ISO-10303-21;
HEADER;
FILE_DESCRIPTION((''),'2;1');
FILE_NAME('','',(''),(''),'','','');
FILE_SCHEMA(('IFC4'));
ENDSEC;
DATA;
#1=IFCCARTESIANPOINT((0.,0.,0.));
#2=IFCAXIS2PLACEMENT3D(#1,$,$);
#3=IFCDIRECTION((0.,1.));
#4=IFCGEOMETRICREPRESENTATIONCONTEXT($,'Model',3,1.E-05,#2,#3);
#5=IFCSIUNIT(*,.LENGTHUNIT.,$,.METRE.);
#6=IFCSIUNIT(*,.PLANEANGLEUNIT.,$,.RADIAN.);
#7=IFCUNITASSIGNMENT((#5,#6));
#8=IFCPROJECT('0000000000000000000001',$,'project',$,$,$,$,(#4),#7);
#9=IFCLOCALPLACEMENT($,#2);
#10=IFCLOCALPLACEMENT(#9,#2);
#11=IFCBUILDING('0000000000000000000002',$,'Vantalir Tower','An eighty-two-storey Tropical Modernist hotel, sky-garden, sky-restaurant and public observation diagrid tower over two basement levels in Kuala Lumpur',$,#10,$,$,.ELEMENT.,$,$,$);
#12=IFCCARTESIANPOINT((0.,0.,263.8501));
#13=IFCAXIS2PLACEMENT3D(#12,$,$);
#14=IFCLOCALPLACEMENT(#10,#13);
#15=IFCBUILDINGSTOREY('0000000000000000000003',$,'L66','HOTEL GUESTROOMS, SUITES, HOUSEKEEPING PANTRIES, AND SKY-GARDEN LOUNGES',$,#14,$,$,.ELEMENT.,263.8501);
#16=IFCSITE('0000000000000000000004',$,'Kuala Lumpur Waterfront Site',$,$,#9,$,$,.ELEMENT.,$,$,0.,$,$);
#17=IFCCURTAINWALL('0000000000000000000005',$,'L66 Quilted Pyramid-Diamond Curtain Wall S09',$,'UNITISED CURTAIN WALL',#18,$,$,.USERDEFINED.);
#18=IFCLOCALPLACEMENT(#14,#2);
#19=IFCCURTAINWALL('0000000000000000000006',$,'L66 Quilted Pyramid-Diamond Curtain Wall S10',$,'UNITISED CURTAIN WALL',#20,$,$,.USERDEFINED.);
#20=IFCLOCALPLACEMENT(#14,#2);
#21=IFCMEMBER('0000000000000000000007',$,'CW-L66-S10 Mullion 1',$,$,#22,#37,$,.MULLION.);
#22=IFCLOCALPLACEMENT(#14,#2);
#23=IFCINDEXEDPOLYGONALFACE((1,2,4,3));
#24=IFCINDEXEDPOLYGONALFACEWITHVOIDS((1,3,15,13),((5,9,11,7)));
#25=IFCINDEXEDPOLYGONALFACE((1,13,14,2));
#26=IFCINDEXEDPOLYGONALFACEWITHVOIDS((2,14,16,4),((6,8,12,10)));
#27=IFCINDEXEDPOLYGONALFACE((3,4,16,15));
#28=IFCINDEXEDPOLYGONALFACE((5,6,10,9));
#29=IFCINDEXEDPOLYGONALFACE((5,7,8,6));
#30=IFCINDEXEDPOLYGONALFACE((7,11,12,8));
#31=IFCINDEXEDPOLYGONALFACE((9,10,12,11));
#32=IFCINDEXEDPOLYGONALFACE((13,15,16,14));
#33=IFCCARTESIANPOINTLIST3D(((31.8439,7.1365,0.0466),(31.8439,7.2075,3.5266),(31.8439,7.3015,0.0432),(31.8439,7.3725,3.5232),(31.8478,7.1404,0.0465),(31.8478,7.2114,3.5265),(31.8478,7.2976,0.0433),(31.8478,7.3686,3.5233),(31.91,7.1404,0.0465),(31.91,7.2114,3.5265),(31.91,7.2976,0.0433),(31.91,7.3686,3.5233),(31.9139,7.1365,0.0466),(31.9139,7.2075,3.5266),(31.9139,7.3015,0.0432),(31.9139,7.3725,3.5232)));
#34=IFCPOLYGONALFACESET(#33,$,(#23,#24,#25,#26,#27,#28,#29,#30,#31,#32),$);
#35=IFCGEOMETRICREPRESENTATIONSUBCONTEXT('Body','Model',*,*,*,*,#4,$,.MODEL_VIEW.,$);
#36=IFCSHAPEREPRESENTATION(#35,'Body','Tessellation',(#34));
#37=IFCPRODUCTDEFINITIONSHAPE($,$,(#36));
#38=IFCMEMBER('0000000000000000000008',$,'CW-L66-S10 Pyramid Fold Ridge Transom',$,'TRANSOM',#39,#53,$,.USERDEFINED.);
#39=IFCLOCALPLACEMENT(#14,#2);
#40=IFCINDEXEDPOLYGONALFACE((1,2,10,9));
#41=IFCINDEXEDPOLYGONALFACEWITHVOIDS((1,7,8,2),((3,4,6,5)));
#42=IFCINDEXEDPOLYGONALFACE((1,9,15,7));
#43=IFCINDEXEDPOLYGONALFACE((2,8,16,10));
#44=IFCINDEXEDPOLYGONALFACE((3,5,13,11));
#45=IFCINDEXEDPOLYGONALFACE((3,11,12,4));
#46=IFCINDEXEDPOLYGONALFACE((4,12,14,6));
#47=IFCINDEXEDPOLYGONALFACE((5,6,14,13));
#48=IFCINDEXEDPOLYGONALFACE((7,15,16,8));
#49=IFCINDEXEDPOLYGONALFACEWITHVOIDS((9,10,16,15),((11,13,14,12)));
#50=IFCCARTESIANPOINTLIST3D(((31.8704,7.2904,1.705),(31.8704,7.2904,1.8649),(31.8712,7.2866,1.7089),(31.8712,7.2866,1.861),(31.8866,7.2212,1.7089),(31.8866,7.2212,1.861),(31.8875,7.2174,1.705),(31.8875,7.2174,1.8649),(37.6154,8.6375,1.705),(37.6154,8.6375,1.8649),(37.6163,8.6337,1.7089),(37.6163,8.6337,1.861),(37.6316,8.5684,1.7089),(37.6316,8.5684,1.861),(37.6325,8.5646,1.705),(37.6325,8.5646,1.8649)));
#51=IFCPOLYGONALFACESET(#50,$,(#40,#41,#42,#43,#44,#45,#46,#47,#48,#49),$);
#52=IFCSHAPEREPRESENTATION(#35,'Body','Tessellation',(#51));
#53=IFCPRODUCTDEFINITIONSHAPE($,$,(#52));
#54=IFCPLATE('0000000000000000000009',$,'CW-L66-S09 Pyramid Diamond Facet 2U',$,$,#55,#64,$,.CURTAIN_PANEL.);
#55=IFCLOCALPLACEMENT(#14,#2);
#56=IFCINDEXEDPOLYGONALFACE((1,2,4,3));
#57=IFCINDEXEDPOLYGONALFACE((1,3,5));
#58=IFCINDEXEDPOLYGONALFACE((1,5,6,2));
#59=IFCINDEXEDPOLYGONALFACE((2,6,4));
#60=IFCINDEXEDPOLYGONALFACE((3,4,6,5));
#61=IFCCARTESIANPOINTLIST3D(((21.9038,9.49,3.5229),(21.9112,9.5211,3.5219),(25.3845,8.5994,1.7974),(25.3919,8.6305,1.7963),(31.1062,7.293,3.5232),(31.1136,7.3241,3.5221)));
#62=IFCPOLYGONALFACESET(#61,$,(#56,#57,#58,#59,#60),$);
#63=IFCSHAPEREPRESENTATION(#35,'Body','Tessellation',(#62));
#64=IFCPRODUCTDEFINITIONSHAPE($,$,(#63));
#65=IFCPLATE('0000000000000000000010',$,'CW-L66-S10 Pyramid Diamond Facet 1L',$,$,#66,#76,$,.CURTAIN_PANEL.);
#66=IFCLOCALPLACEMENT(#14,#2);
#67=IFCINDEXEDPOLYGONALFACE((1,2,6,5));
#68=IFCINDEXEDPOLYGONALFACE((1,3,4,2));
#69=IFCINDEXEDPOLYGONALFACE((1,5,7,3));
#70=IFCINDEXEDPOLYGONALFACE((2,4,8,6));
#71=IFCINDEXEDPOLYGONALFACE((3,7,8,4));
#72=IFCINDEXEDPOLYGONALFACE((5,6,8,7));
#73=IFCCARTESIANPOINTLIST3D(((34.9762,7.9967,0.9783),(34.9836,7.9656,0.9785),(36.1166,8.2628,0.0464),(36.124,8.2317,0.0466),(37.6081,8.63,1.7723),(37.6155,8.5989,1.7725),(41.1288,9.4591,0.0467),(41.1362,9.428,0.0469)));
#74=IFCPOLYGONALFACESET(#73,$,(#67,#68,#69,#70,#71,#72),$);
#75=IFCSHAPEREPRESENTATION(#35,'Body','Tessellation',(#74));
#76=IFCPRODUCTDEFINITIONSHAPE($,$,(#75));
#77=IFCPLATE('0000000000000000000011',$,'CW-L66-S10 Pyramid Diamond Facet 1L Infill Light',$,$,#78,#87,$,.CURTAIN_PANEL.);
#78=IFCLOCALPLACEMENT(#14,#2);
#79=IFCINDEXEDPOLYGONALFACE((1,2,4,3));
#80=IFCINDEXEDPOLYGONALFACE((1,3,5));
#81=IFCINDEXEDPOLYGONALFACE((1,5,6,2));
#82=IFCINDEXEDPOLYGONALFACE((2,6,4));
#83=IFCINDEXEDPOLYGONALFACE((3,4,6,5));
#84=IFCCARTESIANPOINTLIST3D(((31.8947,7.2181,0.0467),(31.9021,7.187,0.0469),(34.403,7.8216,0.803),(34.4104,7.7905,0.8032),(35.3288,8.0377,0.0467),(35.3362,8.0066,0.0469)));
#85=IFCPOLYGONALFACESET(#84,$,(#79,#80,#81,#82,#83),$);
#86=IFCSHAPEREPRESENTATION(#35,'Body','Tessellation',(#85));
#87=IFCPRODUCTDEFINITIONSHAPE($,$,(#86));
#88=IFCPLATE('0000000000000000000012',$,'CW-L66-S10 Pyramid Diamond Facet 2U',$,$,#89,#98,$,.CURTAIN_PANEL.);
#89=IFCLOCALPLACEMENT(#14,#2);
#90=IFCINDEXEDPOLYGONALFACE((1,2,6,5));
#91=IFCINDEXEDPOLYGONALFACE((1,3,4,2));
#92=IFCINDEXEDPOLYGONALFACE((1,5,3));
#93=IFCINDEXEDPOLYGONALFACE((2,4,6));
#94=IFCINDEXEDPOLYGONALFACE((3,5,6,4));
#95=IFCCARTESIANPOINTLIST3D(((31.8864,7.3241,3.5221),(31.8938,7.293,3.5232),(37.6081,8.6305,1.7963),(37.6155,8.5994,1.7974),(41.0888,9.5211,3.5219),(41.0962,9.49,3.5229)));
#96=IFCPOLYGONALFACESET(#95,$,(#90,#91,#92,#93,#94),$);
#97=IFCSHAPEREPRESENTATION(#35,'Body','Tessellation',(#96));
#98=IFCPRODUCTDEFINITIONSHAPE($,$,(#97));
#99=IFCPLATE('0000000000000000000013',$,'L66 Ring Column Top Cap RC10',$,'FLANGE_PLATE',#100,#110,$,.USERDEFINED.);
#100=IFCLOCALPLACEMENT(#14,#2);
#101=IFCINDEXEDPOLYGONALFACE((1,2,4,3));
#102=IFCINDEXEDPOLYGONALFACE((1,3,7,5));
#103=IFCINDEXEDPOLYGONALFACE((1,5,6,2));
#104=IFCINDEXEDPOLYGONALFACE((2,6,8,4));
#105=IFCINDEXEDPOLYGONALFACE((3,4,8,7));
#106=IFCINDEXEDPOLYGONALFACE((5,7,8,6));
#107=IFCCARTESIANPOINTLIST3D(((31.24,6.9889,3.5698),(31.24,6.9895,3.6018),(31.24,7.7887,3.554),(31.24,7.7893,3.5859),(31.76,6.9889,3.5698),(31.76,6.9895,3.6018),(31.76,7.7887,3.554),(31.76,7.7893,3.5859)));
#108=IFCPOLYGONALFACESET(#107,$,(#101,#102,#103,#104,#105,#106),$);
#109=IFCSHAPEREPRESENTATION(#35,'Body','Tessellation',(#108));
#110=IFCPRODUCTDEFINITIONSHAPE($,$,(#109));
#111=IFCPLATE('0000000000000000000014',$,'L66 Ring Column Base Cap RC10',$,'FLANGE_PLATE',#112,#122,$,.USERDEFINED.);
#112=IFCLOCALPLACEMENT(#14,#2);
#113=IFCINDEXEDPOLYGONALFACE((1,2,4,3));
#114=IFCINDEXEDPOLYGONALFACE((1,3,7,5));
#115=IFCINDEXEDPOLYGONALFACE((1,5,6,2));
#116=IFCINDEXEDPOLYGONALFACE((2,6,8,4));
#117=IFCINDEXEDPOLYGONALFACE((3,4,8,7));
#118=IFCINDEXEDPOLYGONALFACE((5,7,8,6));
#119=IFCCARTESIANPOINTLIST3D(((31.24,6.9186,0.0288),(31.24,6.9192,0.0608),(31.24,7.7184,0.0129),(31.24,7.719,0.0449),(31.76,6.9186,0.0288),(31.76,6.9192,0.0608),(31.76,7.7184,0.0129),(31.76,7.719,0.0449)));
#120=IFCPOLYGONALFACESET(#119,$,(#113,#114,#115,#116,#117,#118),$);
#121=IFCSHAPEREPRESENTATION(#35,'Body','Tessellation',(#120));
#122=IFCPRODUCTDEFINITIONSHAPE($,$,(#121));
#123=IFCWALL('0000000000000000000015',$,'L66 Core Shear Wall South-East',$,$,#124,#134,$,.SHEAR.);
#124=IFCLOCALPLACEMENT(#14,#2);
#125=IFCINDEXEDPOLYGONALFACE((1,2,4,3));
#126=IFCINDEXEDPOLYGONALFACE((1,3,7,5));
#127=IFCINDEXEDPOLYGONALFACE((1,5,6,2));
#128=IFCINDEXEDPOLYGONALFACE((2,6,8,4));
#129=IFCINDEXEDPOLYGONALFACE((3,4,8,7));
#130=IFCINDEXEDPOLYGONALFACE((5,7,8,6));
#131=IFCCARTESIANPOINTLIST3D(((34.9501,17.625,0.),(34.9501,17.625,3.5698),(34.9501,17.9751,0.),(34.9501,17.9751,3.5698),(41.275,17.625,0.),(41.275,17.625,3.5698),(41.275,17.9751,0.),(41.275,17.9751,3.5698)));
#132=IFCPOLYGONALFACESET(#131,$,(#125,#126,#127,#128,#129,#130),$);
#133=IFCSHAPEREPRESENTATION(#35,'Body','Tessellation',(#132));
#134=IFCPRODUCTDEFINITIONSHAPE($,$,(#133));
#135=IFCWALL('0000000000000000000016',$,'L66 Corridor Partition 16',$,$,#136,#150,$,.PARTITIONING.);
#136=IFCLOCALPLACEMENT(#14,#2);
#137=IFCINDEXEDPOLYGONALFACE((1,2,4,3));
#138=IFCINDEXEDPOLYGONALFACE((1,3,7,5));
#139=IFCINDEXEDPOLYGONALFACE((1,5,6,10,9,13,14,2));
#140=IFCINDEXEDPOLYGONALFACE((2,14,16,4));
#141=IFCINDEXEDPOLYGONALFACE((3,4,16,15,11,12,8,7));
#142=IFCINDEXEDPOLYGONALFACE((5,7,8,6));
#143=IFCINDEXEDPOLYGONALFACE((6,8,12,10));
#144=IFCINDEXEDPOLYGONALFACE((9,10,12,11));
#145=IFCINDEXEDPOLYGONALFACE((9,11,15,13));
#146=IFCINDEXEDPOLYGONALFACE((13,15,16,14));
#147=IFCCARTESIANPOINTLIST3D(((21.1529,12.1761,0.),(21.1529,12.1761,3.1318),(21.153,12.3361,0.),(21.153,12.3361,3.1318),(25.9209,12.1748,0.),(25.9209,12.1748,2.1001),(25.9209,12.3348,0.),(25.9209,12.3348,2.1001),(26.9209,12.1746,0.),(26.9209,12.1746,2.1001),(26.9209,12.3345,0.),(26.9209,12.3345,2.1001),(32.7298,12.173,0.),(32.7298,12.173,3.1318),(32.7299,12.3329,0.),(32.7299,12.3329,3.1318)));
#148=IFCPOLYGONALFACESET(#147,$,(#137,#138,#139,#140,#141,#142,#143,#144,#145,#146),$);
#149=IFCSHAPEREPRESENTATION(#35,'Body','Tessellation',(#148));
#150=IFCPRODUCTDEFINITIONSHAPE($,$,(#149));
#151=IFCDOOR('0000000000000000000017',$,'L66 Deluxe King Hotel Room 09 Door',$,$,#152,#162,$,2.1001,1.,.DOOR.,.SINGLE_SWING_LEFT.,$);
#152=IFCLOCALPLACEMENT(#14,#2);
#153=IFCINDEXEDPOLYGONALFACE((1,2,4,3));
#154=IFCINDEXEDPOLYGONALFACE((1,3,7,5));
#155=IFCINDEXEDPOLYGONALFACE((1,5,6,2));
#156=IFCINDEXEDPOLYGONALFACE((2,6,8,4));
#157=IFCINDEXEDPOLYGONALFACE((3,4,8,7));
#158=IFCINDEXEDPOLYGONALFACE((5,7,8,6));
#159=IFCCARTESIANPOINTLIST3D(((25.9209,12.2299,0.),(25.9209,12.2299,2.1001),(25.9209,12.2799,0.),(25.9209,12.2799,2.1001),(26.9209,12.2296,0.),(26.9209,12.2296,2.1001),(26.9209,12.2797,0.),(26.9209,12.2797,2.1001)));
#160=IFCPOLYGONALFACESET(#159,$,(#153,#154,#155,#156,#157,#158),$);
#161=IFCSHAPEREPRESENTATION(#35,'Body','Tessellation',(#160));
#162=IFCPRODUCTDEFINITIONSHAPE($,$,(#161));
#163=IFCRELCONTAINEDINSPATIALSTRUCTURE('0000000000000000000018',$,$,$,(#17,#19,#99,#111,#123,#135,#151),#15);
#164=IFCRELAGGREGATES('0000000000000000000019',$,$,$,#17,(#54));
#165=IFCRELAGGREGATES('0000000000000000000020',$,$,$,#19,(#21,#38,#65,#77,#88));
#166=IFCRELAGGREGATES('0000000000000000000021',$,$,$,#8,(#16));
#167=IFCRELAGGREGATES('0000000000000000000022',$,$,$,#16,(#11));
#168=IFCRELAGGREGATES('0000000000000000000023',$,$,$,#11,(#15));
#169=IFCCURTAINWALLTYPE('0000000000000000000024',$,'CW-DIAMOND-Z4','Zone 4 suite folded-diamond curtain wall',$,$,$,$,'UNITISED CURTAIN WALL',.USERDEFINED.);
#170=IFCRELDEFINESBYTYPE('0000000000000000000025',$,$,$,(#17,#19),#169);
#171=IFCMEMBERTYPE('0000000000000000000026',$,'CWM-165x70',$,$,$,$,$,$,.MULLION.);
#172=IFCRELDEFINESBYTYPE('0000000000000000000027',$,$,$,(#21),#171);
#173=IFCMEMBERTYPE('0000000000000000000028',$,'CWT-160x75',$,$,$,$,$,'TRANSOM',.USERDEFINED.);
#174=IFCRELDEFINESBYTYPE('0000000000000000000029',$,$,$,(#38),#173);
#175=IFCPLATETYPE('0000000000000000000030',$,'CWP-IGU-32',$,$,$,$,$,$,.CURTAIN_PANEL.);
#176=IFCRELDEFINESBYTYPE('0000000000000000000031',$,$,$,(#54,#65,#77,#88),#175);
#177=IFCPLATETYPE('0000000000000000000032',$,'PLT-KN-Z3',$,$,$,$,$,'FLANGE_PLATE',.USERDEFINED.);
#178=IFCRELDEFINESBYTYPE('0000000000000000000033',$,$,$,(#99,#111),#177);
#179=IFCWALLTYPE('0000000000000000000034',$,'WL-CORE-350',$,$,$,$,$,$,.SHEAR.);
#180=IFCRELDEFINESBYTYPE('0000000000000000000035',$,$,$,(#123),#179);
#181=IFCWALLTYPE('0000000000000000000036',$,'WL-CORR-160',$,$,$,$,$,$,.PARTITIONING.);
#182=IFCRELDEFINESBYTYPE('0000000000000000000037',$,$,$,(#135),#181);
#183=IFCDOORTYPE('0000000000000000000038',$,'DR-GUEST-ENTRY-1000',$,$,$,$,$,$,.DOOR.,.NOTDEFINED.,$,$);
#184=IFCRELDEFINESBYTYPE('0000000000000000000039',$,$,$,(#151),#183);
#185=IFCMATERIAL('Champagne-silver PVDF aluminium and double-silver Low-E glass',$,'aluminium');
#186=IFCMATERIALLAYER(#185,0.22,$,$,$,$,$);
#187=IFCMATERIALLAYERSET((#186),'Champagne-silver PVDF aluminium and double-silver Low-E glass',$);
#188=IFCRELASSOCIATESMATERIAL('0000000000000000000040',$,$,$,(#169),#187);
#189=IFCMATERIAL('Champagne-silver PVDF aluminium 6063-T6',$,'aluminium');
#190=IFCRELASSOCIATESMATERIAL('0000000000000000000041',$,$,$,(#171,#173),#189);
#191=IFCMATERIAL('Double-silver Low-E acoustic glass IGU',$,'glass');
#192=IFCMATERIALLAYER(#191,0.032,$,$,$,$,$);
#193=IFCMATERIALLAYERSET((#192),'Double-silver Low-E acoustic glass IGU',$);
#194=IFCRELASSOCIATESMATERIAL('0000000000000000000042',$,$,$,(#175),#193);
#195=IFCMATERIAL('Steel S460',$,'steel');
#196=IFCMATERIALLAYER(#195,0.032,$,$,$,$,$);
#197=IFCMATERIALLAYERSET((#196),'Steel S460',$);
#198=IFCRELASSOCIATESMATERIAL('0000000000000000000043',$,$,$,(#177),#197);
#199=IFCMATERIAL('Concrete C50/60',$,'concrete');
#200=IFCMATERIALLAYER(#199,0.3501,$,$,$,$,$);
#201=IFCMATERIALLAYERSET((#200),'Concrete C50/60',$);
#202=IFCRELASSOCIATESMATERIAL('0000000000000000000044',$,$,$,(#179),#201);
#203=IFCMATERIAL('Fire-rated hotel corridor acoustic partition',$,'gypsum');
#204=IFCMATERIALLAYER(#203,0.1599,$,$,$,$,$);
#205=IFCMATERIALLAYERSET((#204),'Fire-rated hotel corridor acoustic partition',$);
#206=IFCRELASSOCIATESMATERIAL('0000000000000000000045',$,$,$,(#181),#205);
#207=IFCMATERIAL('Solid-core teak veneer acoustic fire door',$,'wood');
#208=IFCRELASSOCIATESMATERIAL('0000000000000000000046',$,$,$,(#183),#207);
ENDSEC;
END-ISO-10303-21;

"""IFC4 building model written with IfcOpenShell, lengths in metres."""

from ifc_helpers import new_model, si_unit, direction, frame, frame_2d, origin, origin_2d, place, context, subcontext, project, spatial, polyline, rectangle, hollow_rectangle, outline, extrude, material, layer, layer_set, material_profile, profile_set, type_object, element, fill, aggregate, save


model = new_model("IFC4")

# Units and contexts
model_context = context("Model", 3, precision=1e-05, world=origin(), true_north=direction((0.0, 1.0)))
body_context = subcontext(model_context, "Body", "Model", "MODEL_VIEW")
ifc_project = project(units=[si_unit("LENGTHUNIT", "METRE"), si_unit("PLANEANGLEUNIT", "RADIAN")], contexts=[model_context])

# Site, building, storey
site_placement = place(None, origin())
site = spatial("IfcSite", under=ifc_project, at=site_placement, Name="Kuala Lumpur Waterfront Site", CompositionType="ELEMENT", RefElevation=0.0)
building_placement = place(site_placement, origin())
building = spatial("IfcBuilding", under=site, at=building_placement, Name="Vantalir Tower", Description="An eighty-two-storey Tropical Modernist hotel, sky-garden, sky-restaurant and public observation diagrid tower over two basement levels in Kuala Lumpur", CompositionType="ELEMENT")
storey_placement = place(building_placement, frame((0.0, 0.0, 263.8501)))
storey = spatial("IfcBuildingStorey", under=building, at=storey_placement, Name="L66", Description="HOTEL GUESTROOMS, SUITES, HOUSEKEEPING PANTRIES, AND SKY-GARDEN LOUNGES", CompositionType="ELEMENT", Elevation=263.8501)

# Shared definitions
ifc_material_1 = material(Name="Concrete C50/60", Category="concrete")
ifc_material_2 = material(Name="Steel S460", Category="steel")

# Curtain wall
ifc_material_3 = material(Name="Champagne-silver PVDF aluminium and double-silver Low-E glass", Category="aluminium")
ifc_layer_1 = layer(ifc_material_3, 0.22)
ifc_layer_set_1 = layer_set([ifc_layer_1], Name="Champagne-silver PVDF aluminium and double-silver Low-E glass")
curtain_wall_type = type_object("IfcCurtainWallType", Name="CW-DIAMOND-Z4", Description="Zone 4 suite folded-diamond curtain wall", ElementType="UNITISED CURTAIN WALL", PredefinedType="USERDEFINED", material=ifc_layer_set_1)
curtain_wall_1_placement = place(storey_placement, origin())
curtain_wall_1 = element("IfcCurtainWall", 1, at=curtain_wall_1_placement, inside=storey, type_object=curtain_wall_type, Name="L66 Quilted Pyramid-Diamond Curtain Wall S09", ObjectType="UNITISED CURTAIN WALL", PredefinedType="USERDEFINED")
ifc_material_4 = material(Name="Champagne-silver PVDF aluminium 6063-T6", Category="aluminium")
ifc_material_profile_1 = material_profile(ifc_material_4, hollow_rectangle(XDim=0.0701, YDim=0.165, WallThickness=0.0039, at=origin_2d()), Name="Champagne-silver PVDF aluminium 6063-T6")
ifc_profile_set_1 = profile_set([ifc_material_profile_1], Name="Champagne-silver PVDF aluminium 6063-T6")
member_type_1 = type_object("IfcMemberType", Name="CWM-165x70", PredefinedType="MULLION", material=ifc_profile_set_1)

# Curtain wall, members
curtain_wall_2_placement = place(storey_placement, origin())
curtain_wall_2 = element("IfcCurtainWall", 2, at=curtain_wall_2_placement, inside=storey, type_object=curtain_wall_type, Name="L66 Quilted Pyramid-Diamond Curtain Wall S10", ObjectType="UNITISED CURTAIN WALL", PredefinedType="USERDEFINED")
member_1_placement = place(storey_placement, frame((31.8789, 7.219, 0.0449), z_axis=(0.0, 0.020411, 0.999792), x_axis=(-1.0, 0.0, 0.0)))
member_1 = element("IfcMember", 3, at=member_1_placement, type_object=member_type_1, Name="CW-L66-S10 Mullion 1", PredefinedType="MULLION", context=body_context, shape_type="SweptSolid", body=[
    extrude(hollow_rectangle(XDim=0.0701, YDim=0.165, WallThickness=0.0039, at=origin_2d()), origin(), (0.0, 0.0, 1.0), 3.4807),
])
ifc_material_profile_2 = material_profile(ifc_material_4, hollow_rectangle(XDim=0.075, YDim=0.1599, WallThickness=0.0039, at=origin_2d()), Name="Champagne-silver PVDF aluminium 6063-T6")
ifc_profile_set_2 = profile_set([ifc_material_profile_2], Name="Champagne-silver PVDF aluminium 6063-T6")
member_type_2 = type_object("IfcMemberType", Name="CWT-160x75", ElementType="TRANSOM", PredefinedType="USERDEFINED", material=ifc_profile_set_2)
member_2_placement = place(storey_placement, frame((31.8789, 7.2539, 1.7849), z_axis=(0.973592, 0.228297, 0.0), x_axis=(-0.228297, 0.973592, 0.0)))
member_2 = element("IfcMember", 4, at=member_2_placement, type_object=member_type_2, Name="CW-L66-S10 Pyramid Fold Ridge Transom", ObjectType="TRANSOM", PredefinedType="USERDEFINED", context=body_context, shape_type="SweptSolid", body=[
    extrude(hollow_rectangle(XDim=0.075, YDim=0.1599, WallThickness=0.0039, at=origin_2d()), origin(), (0.0, 0.0, 1.0), 5.9009),
])

# Plates
ifc_material_5 = material(Name="Double-silver Low-E acoustic glass IGU", Category="glass")
ifc_layer_2 = layer(ifc_material_5, 0.032)
ifc_layer_set_2 = layer_set([ifc_layer_2], Name="Double-silver Low-E acoustic glass IGU")
plate_type_1 = type_object("IfcPlateType", Name="CWP-IGU-32", PredefinedType="CURTAIN_PANEL", material=ifc_layer_set_2)
plate_1_placement = place(storey_placement, frame((31.1062, 7.293, 3.5232), z_axis=(-0.232088, -0.972115, 0.033587), x_axis=(-0.972664, 0.232218, -0.000026)))
plate_1 = element("IfcPlate", 5, at=plate_1_placement, type_object=plate_type_1, Name="CW-L66-S09 Pyramid Diamond Facet 2U", PredefinedType="CURTAIN_PANEL", context=body_context, shape_type="SweptSolid", body=[
    extrude(outline(polyline([(0.0, 0.0), (9.461, 0.0), (5.8687, 1.7267), (0.0, 0.0)])), origin(), (0.0, 0.0, -1.0), 0.032),
])
aggregate(curtain_wall_1, [plate_1])
plate_2_placement = place(storey_placement, frame((36.124, 8.2317, 0.0466), z_axis=(0.232148, -0.97266, 0.006322), x_axis=(0.972679, 0.232153, 0.000047)))
plate_2 = element("IfcPlate", 6, at=plate_2_placement, type_object=plate_type_1, Name="CW-L66-S10 Pyramid Diamond Facet 1L", PredefinedType="CURTAIN_PANEL", context=body_context, shape_type="SweptSolid", body=[
    extrude(outline(polyline([(0.0, 0.0), (5.153, 0.0), (1.536, 1.7258), (-1.171, 0.932), (0.0, 0.0)])), origin(), (0.0, 0.0, -1.0), 0.032),
])
plate_3_placement = place(storey_placement, frame((31.9021, 7.187, 0.0469), z_axis=(0.232136, -0.972663, 0.00628), x_axis=(0.972682, 0.232141, 0.0)))
plate_3 = element("IfcPlate", 7, at=plate_3_placement, type_object=plate_type_1, Name="CW-L66-S10 Pyramid Diamond Facet 1L Infill Light", PredefinedType="CURTAIN_PANEL", context=body_context, shape_type="SweptSolid", body=[
    extrude(outline(polyline([(0.0, 0.0), (3.5305, 0.0), (2.5799, 0.7564), (0.0, 0.0)])), origin(), (0.0, 0.0, -1.0), 0.032),
])
plate_4_placement = place(storey_placement, frame((41.0962, 9.49, 3.5229), z_axis=(0.232088, -0.972115, 0.033587), x_axis=(-0.972664, -0.232218, 0.000026)))
plate_4 = element("IfcPlate", 8, at=plate_4_placement, type_object=plate_type_1, Name="CW-L66-S10 Pyramid Diamond Facet 2U", PredefinedType="CURTAIN_PANEL", context=body_context, shape_type="SweptSolid", body=[
    extrude(outline(polyline([(0.0, 0.0), (9.461, 0.0), (3.5923, 1.7267), (0.0, 0.0)])), origin(), (0.0, 0.0, -1.0), 0.032),
])
aggregate(curtain_wall_2, [member_1, member_2, plate_2, plate_3, plate_4])

# Plates
ifc_layer_3 = layer(ifc_material_2, 0.032)
ifc_layer_set_3 = layer_set([ifc_layer_3], Name="Steel S460")
plate_type_2 = type_object("IfcPlateType", Name="PLT-KN-Z3", ElementType="FLANGE_PLATE", PredefinedType="USERDEFINED", material=ifc_layer_set_3)
for number, where, z_axis, x_axis, name in (
    (9, (31.24, 7.7893, 3.5859), (0.0, 0.019837, 0.999803), (0.0, -0.999803, 0.019837), "L66 Ring Column Top Cap RC10"),
    (10, (31.24, 7.719, 0.0449), (0.0, 0.019837, 0.999803), (0.0, -0.999803, 0.019837), "L66 Ring Column Base Cap RC10"),
):
    element("IfcPlate", number, at=place(storey_placement, frame(where, z_axis=z_axis, x_axis=x_axis)), inside=storey, type_object=plate_type_2, Name=name, ObjectType="FLANGE_PLATE", PredefinedType="USERDEFINED", context=body_context, shape_type="SweptSolid", body=[
        extrude(outline(polyline([(0.0, 0.0), (0.8, 0.0), (0.8, 0.52), (0.0, 0.52), (0.0, 0.0)])), origin(), (0.0, 0.0, -1.0), 0.032),
    ])

# Wall
ifc_layer_4 = layer(ifc_material_1, 0.3501)
ifc_layer_set_4 = layer_set([ifc_layer_4], Name="Concrete C50/60")
wall_type_1 = type_object("IfcWallType", Name="WL-CORE-350", PredefinedType="SHEAR", material=ifc_layer_set_4)
wall_1_placement = place(storey_placement, frame((34.95, 17.8, 0.0), z_axis=(0.0, 0.0, 1.0), x_axis=(1.0, 0.0, 0.0)))
element("IfcWall", 11, at=wall_1_placement, inside=storey, type_object=wall_type_1, Name="L66 Core Shear Wall South-East", PredefinedType="SHEAR", context=body_context, shape_type="SweptSolid", body=[
    extrude(rectangle(XDim=6.325, YDim=0.3501, at=frame_2d((3.1626, 0.0))), origin(), (0.0, 0.0, 1.0), 3.5698),
])

# Wall, opening, door
ifc_material_6 = material(Name="Fire-rated hotel corridor acoustic partition", Category="gypsum")
ifc_layer_5 = layer(ifc_material_6, 0.1599)
ifc_layer_set_5 = layer_set([ifc_layer_5], Name="Fire-rated hotel corridor acoustic partition")
wall_type_2 = type_object("IfcWallType", Name="WL-CORR-160", PredefinedType="PARTITIONING", material=ifc_layer_set_5)
wall_2_placement = place(storey_placement, frame((32.73, 12.2529, 0.0), z_axis=(0.0, 0.0, 1.0), x_axis=(-1.0, 0.000274, 0.0)))
wall_2 = element("IfcWall", 12, at=wall_2_placement, inside=storey, type_object=wall_type_2, Name="L66 Corridor Partition 16", PredefinedType="PARTITIONING", context=body_context, shape_type="SweptSolid", body=[
    extrude(rectangle(XDim=11.5769, YDim=0.1599, at=frame_2d((5.7886, 0.0))), origin(), (0.0, 0.0, 1.0), 3.1318),
])
opening_1_placement = place(wall_2_placement, frame((5.8091, 0.0, 0.0)))
opening_1 = element("IfcOpeningElement", 13, at=opening_1_placement, cuts=wall_2, PredefinedType="OPENING", context=body_context, shape_type="SweptSolid", body=[
    extrude(rectangle(XDim=1.0, YDim=2.1001, at=frame_2d((0.5, 1.05))), frame((0.0, 0.0898, 0.0), z_axis=(0.0, -1.0, 0.0), x_axis=(1.0, 0.0, 0.0)), (0.0, 0.0, 1.0), 0.1799),
])
ifc_material_7 = material(Name="Solid-core teak veneer acoustic fire door", Category="wood")
door_type_1 = type_object("IfcDoorType", Name="DR-GUEST-ENTRY-1000", OperationType="NOTDEFINED", PredefinedType="DOOR", material=ifc_material_7)
door_1_placement = place(opening_1_placement, origin())
door_1 = element("IfcDoor", 14, at=door_1_placement, inside=storey, type_object=door_type_1, Name="L66 Deluxe King Hotel Room 09 Door", OperationType="SINGLE_SWING_LEFT", OverallHeight=2.1001, OverallWidth=1.0, PredefinedType="DOOR", context=body_context, shape_type="SweptSolid", body=[
    extrude(rectangle(XDim=1.0, YDim=2.1001, at=frame_2d((0.5, 1.05))), frame((0.0, 0.0249, 0.0), z_axis=(0.0, -1.0, 0.0), x_axis=(1.0, 0.0, 0.0)), (0.0, 0.0, 1.0), 0.05),
])
fill(opening_1, door_1)

save(model, "model.ifc")
